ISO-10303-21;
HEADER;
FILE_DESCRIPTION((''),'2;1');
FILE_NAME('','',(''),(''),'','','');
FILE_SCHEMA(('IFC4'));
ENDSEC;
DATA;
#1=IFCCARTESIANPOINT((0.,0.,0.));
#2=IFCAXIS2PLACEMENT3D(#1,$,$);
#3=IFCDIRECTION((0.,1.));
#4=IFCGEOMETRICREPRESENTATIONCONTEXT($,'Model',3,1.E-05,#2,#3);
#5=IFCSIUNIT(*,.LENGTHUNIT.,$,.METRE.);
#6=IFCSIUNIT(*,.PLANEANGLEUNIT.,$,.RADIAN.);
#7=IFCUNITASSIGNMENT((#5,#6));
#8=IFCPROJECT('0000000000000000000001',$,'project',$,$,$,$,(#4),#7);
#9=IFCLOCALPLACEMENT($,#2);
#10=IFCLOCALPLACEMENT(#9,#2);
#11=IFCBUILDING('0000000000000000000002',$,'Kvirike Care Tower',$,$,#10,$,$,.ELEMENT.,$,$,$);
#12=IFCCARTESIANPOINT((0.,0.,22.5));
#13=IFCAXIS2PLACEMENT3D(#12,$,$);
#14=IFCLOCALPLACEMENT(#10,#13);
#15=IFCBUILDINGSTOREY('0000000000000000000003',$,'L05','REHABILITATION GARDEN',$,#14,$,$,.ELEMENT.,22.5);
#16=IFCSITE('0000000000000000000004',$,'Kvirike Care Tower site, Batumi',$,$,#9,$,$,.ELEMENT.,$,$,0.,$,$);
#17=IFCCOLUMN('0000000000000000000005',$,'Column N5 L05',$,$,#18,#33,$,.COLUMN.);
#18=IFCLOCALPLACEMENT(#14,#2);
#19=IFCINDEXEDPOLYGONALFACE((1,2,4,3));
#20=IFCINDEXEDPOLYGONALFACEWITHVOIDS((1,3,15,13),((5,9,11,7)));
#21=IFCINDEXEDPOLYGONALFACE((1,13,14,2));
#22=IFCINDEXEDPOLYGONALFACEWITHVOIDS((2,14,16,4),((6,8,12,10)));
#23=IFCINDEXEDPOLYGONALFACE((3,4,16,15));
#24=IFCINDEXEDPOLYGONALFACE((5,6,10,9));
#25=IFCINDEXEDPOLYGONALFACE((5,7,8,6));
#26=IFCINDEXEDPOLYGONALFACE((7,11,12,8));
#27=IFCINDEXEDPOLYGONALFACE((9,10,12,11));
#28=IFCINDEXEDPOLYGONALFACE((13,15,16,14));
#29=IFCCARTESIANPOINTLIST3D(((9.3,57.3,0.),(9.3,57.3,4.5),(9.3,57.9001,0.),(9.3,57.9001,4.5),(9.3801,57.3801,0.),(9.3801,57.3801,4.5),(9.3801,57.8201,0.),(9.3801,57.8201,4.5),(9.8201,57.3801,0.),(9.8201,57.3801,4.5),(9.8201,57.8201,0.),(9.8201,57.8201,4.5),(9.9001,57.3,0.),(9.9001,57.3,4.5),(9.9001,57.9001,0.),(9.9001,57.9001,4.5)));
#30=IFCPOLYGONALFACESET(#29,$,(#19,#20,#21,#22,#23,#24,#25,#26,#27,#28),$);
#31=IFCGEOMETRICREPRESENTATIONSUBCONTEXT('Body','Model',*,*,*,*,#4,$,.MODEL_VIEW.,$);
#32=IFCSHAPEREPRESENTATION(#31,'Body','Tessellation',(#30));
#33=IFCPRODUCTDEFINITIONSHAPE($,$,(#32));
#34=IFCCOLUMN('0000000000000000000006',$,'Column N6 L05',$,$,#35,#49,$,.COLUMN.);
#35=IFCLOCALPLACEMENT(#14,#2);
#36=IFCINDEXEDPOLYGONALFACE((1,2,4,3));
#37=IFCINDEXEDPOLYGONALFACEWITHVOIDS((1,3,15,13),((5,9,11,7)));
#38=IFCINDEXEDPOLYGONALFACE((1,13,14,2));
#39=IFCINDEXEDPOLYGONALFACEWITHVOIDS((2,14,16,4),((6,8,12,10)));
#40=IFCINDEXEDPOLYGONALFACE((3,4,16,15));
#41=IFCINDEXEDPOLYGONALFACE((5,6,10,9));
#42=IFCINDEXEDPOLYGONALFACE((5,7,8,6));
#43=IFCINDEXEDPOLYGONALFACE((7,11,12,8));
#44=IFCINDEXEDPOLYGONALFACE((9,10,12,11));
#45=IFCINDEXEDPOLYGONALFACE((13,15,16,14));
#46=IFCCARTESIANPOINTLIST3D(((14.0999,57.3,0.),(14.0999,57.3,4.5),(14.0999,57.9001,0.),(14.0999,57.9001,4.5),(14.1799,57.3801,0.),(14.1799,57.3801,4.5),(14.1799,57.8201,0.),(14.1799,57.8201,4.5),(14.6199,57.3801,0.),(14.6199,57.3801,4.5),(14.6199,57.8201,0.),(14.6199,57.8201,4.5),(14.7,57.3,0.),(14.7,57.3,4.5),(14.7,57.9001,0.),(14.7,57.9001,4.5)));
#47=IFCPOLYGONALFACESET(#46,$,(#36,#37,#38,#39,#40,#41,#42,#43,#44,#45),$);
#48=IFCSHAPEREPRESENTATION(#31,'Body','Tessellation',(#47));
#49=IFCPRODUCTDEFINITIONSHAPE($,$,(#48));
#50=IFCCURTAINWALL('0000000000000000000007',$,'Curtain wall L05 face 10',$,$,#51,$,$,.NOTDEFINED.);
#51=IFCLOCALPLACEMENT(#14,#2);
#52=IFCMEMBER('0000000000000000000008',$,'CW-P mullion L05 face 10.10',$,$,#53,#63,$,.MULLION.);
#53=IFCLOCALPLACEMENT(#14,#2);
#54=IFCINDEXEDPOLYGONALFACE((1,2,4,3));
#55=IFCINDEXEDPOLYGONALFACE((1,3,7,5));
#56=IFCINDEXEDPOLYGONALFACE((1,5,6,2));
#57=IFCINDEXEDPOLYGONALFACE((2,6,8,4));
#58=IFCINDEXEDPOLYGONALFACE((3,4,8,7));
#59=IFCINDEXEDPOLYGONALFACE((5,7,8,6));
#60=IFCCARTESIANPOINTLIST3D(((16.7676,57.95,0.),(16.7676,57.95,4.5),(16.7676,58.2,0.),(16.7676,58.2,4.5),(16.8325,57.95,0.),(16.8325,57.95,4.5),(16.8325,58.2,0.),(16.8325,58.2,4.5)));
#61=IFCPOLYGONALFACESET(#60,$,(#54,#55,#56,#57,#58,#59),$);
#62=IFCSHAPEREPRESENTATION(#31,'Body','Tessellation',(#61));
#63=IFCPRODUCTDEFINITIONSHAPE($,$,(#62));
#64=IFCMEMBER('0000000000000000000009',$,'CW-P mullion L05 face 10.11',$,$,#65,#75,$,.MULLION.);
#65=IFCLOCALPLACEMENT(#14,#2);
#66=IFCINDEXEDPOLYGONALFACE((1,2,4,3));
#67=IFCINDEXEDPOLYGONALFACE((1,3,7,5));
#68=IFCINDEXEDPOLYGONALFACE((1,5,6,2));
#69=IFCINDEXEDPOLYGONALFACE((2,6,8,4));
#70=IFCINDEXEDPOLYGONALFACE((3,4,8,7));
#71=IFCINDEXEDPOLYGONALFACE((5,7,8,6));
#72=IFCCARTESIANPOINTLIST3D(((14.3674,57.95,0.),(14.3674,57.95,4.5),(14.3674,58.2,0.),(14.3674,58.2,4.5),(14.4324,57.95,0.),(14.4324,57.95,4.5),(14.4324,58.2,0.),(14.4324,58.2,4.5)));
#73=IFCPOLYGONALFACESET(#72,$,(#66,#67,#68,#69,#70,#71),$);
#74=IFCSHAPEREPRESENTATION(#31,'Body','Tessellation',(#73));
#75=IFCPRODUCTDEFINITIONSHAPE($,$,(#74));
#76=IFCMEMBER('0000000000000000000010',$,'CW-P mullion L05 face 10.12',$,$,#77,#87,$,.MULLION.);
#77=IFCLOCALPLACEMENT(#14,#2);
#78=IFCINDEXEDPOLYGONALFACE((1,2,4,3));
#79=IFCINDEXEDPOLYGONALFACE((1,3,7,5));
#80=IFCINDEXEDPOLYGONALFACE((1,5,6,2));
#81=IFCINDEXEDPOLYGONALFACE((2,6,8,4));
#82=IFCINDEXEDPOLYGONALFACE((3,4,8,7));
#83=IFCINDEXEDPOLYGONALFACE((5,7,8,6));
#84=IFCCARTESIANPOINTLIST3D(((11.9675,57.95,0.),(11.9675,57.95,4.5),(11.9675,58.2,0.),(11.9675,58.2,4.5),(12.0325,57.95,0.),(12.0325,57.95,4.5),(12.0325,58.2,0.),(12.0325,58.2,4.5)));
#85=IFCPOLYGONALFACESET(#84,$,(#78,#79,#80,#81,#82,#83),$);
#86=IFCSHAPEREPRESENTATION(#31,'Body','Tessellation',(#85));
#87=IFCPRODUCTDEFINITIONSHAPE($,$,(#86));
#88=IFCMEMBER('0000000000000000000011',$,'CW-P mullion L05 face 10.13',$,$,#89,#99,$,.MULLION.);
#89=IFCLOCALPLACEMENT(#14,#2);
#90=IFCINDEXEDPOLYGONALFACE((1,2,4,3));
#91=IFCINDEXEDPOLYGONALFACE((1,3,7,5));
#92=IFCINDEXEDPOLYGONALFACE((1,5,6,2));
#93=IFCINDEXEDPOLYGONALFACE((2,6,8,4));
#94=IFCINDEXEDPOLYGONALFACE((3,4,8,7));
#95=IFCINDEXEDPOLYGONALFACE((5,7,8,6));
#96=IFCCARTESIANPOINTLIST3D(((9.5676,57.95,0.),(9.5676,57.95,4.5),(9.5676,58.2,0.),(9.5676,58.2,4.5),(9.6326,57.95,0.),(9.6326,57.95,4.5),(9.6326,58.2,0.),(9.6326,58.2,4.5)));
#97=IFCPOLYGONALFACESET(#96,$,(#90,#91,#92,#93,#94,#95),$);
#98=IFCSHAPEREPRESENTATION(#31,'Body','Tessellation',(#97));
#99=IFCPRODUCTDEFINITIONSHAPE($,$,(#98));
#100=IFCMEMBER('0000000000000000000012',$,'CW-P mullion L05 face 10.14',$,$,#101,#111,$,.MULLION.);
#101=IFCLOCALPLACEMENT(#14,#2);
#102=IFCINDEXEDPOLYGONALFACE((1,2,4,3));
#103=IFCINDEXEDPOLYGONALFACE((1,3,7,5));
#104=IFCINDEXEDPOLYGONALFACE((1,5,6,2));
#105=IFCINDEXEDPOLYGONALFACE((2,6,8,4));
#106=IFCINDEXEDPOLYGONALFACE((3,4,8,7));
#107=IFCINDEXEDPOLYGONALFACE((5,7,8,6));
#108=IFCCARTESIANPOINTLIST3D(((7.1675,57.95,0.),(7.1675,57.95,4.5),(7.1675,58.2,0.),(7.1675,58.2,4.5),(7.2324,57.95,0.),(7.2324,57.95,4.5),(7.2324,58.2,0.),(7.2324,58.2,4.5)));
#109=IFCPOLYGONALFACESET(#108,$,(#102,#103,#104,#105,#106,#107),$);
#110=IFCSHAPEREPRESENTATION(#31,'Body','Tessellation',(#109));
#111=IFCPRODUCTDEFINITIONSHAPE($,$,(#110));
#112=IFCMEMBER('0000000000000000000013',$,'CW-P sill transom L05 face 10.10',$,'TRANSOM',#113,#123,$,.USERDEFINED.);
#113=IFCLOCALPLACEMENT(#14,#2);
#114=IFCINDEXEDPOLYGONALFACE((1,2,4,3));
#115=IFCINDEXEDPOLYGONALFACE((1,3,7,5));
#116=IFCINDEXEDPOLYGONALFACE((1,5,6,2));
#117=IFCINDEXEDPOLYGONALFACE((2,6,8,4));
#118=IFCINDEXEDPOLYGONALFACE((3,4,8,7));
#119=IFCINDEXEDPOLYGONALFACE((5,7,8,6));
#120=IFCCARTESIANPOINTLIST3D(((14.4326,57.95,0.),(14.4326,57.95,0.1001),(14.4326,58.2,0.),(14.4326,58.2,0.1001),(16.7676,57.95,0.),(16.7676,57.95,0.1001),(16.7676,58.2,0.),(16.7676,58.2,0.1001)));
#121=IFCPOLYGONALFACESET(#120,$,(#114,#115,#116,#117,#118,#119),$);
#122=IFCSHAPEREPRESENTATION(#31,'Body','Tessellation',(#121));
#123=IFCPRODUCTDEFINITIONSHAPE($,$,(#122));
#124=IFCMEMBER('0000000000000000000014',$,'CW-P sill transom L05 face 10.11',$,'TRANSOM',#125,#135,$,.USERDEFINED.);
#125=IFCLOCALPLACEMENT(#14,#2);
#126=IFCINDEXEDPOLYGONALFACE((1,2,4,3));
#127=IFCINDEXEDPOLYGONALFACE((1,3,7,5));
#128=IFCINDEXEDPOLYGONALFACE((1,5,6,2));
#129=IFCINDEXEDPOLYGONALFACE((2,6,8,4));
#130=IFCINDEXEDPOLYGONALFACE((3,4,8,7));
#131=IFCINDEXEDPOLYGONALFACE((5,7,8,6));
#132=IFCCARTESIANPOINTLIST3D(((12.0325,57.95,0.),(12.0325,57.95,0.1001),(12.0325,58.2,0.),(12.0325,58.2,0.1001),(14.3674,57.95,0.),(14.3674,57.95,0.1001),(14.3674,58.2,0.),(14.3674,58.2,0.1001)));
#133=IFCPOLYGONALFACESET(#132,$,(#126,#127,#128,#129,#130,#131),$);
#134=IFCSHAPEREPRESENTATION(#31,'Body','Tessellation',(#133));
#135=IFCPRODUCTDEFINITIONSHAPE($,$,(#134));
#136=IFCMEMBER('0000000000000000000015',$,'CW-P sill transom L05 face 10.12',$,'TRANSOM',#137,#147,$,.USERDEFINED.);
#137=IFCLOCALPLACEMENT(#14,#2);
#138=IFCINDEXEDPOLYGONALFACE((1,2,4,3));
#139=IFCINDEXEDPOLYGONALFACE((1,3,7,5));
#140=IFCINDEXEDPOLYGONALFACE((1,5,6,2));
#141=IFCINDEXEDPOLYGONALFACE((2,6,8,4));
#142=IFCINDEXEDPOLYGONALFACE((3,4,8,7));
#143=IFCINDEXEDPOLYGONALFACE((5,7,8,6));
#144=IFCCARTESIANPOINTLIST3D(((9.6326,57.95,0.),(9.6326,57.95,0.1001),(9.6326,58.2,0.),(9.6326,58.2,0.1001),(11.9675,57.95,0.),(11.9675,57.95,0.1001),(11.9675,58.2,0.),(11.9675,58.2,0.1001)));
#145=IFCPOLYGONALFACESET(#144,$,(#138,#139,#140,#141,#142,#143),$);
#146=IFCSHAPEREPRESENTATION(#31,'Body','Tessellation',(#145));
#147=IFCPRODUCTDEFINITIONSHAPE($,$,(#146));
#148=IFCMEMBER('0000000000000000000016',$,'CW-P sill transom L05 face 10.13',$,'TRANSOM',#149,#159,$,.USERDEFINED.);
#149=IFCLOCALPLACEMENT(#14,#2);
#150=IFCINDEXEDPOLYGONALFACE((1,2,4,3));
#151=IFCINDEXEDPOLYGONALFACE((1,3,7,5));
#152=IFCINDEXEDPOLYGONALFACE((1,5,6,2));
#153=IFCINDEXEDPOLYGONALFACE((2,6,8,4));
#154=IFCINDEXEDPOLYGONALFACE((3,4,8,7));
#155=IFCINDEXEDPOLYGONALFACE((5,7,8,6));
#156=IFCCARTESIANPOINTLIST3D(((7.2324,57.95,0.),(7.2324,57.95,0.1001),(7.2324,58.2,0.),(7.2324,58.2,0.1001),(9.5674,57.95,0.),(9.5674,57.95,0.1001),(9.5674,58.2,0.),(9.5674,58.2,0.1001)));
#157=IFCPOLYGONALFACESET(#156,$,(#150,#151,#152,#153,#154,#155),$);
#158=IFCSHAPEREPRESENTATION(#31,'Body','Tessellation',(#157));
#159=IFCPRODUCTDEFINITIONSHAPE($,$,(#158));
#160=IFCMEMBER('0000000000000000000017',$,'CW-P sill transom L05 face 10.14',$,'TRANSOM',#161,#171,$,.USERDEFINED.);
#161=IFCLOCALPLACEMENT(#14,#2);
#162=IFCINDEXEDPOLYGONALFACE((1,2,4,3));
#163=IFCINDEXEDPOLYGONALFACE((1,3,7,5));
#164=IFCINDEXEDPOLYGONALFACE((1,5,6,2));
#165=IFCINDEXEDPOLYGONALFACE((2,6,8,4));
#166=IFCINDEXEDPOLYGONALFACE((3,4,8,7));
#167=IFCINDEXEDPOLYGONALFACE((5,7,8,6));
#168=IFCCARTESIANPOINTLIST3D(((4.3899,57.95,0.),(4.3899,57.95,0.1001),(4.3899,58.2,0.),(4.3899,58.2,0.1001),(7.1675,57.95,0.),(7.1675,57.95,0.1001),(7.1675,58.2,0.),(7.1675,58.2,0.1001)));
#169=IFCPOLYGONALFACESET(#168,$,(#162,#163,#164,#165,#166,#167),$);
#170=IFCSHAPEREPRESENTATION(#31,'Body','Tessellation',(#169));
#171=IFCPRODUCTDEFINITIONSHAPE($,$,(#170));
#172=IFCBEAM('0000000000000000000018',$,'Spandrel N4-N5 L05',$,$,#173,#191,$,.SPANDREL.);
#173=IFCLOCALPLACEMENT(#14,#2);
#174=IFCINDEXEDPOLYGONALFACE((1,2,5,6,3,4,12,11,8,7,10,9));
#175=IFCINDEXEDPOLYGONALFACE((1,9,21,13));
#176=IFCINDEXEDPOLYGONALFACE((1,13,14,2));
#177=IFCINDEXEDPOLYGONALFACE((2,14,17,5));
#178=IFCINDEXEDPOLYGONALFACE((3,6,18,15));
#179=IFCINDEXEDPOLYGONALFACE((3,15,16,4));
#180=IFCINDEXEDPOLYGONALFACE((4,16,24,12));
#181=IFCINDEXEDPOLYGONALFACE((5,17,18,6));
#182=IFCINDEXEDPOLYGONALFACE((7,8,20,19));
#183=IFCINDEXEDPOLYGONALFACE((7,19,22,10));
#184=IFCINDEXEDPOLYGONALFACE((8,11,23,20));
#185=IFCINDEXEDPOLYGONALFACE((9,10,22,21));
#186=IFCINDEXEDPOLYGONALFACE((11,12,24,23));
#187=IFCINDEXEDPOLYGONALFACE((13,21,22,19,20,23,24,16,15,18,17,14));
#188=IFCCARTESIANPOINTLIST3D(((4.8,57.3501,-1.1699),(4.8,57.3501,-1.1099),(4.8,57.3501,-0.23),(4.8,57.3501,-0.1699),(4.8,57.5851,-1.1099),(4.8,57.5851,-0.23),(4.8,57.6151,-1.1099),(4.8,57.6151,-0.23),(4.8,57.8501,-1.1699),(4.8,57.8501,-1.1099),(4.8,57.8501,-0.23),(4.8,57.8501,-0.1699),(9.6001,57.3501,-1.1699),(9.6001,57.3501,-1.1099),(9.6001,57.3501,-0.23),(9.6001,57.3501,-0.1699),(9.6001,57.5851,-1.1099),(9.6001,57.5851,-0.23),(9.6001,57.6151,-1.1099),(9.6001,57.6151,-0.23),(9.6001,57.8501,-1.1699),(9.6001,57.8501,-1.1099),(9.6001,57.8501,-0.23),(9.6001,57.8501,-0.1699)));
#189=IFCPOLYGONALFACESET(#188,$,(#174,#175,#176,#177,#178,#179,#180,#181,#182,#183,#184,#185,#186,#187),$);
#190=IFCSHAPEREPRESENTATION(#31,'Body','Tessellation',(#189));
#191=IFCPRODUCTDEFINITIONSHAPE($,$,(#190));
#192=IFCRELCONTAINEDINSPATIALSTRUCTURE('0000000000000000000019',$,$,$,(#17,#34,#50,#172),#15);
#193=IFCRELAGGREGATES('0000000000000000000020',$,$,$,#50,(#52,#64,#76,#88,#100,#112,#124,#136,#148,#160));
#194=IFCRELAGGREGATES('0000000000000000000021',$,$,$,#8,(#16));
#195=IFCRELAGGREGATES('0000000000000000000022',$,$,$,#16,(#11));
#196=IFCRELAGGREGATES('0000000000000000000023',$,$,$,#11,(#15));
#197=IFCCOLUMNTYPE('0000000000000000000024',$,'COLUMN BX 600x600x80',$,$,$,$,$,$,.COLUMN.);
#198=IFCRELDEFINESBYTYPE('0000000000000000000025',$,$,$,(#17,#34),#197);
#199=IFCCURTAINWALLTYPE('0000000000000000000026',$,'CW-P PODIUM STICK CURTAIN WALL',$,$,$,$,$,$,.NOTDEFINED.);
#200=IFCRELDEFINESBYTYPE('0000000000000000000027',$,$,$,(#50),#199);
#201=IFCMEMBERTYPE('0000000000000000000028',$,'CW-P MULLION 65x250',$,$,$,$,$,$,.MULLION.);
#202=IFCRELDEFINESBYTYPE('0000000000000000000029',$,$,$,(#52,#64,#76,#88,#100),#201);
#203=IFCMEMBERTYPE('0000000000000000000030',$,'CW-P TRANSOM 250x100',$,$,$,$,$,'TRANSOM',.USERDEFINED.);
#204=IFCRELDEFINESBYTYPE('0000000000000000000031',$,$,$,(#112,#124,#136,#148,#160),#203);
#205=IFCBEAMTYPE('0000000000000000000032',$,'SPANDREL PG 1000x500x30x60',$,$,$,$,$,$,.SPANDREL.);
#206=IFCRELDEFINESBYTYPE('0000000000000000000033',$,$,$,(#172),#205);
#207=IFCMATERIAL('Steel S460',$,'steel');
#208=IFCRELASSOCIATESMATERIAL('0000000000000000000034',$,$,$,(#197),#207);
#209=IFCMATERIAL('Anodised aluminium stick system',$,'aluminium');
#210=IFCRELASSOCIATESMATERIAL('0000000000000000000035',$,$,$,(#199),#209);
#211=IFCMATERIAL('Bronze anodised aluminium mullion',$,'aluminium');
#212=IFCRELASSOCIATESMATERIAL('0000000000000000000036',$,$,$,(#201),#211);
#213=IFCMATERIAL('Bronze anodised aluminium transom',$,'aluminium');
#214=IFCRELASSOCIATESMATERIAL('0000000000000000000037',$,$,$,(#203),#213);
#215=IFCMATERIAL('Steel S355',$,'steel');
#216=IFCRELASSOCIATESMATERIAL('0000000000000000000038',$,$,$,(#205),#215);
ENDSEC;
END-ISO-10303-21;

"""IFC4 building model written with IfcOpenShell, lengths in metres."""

from ifc_helpers import new_model, si_unit, direction, frame, origin, origin_2d, place, context, subcontext, project, spatial, rectangle, hollow_rectangle, i_section, extrude, material, material_profile, profile_set, type_object, element, aggregate, save


model = new_model("IFC4")

# Units and contexts
model_context = context("Model", 3, precision=1e-05, world=origin(), true_north=direction((0.0, 1.0)))
body_context = subcontext(model_context, "Body", "Model", "MODEL_VIEW")
ifc_project = project(units=[si_unit("LENGTHUNIT", "METRE"), si_unit("PLANEANGLEUNIT", "RADIAN")], contexts=[model_context])

# Site, building, storey
site_placement = place(None, origin())
site = spatial("IfcSite", under=ifc_project, at=site_placement, Name="Kvirike Care Tower site, Batumi", CompositionType="ELEMENT", RefElevation=0.0)
building_placement = place(site_placement, origin())
building = spatial("IfcBuilding", under=site, at=building_placement, Name="Kvirike Care Tower", CompositionType="ELEMENT")
storey_placement = place(building_placement, frame((0.0, 0.0, 22.5)))
storey = spatial("IfcBuildingStorey", under=building, at=storey_placement, Name="L05", Description="REHABILITATION GARDEN", CompositionType="ELEMENT", Elevation=22.5)

# Columns
ifc_material_1 = material(Name="Steel S460", Category="steel")
ifc_material_profile_1 = material_profile(ifc_material_1, hollow_rectangle(XDim=0.6001, YDim=0.6001, WallThickness=0.0801, at=origin_2d()), Name="BX 600x600x80")
ifc_profile_set_1 = profile_set([ifc_material_profile_1], Name="Steel S460")
column_type = type_object("IfcColumnType", Name="COLUMN BX 600x600x80", PredefinedType="COLUMN", material=ifc_profile_set_1)
for number, where, z_axis, x_axis, name in (
    (1, (9.6001, 57.6001, 0.0), (0.0, 0.0, 1.0), (0.0, 1.0, 0.0), "Column N5 L05"),
    (2, (14.3999, 57.6001, 0.0), (0.0, 0.0, 1.0), (0.0, 1.0, 0.0), "Column N6 L05"),
):
    element("IfcColumn", number, at=place(storey_placement, frame(where, z_axis=z_axis, x_axis=x_axis)), inside=storey, type_object=column_type, Name=name, PredefinedType="COLUMN", context=body_context, shape_type="SweptSolid", body=[
        extrude(hollow_rectangle(XDim=0.6001, YDim=0.6001, WallThickness=0.0801, at=origin_2d()), origin(), (0.0, 0.0, 1.0), 4.5),
    ])

# Curtain wall, members
ifc_material_2 = material(Name="Anodised aluminium stick system", Category="aluminium")
curtain_wall_type = type_object("IfcCurtainWallType", Name="CW-P PODIUM STICK CURTAIN WALL", PredefinedType="NOTDEFINED", material=ifc_material_2)
curtain_wall_placement = place(storey_placement, origin())
curtain_wall = element("IfcCurtainWall", 3, at=curtain_wall_placement, inside=storey, type_object=curtain_wall_type, Name="Curtain wall L05 face 10", PredefinedType="NOTDEFINED")
ifc_material_3 = material(Name="Bronze anodised aluminium mullion", Category="aluminium")
ifc_material_profile_2 = material_profile(ifc_material_3, rectangle(XDim=0.0649, YDim=0.25, at=origin_2d()), Name="CW-P MULLION 65x250")
ifc_profile_set_2 = profile_set([ifc_material_profile_2], Name="Bronze anodised aluminium mullion")
member_type_1 = type_object("IfcMemberType", Name="CW-P MULLION 65x250", PredefinedType="MULLION", material=ifc_profile_set_2)
member_1_placement = place(storey_placement, frame((16.8, 58.075, 0.0), z_axis=(0.0, 0.0, 1.0), x_axis=(-1.0, 0.0, 0.0)))
member_1 = element("IfcMember", 4, at=member_1_placement, type_object=member_type_1, Name="CW-P mullion L05 face 10.10", PredefinedType="MULLION", context=body_context, shape_type="SweptSolid", body=[
    extrude(rectangle(XDim=0.0649, YDim=0.25, at=origin_2d()), origin(), (0.0, 0.0, 1.0), 4.5),
])
member_2_placement = place(storey_placement, frame((14.3999, 58.075, 0.0), z_axis=(0.0, 0.0, 1.0), x_axis=(-1.0, 0.0, 0.0)))
member_2 = element("IfcMember", 5, at=member_2_placement, type_object=member_type_1, Name="CW-P mullion L05 face 10.11", PredefinedType="MULLION", context=body_context, shape_type="SweptSolid", body=[
    extrude(rectangle(XDim=0.0649, YDim=0.25, at=origin_2d()), origin(), (0.0, 0.0, 1.0), 4.5),
])
member_3_placement = place(storey_placement, frame((12.0, 58.075, 0.0), z_axis=(0.0, 0.0, 1.0), x_axis=(-1.0, 0.0, 0.0)))
member_3 = element("IfcMember", 6, at=member_3_placement, type_object=member_type_1, Name="CW-P mullion L05 face 10.12", PredefinedType="MULLION", context=body_context, shape_type="SweptSolid", body=[
    extrude(rectangle(XDim=0.0649, YDim=0.25, at=origin_2d()), origin(), (0.0, 0.0, 1.0), 4.5),
])
member_4_placement = place(storey_placement, frame((9.6001, 58.075, 0.0), z_axis=(0.0, 0.0, 1.0), x_axis=(-1.0, 0.0, 0.0)))
member_4 = element("IfcMember", 7, at=member_4_placement, type_object=member_type_1, Name="CW-P mullion L05 face 10.13", PredefinedType="MULLION", context=body_context, shape_type="SweptSolid", body=[
    extrude(rectangle(XDim=0.0649, YDim=0.25, at=origin_2d()), origin(), (0.0, 0.0, 1.0), 4.5),
])
member_5_placement = place(storey_placement, frame((7.2, 58.075, 0.0), z_axis=(0.0, 0.0, 1.0), x_axis=(-1.0, 0.0, 0.0)))
member_5 = element("IfcMember", 8, at=member_5_placement, type_object=member_type_1, Name="CW-P mullion L05 face 10.14", PredefinedType="MULLION", context=body_context, shape_type="SweptSolid", body=[
    extrude(rectangle(XDim=0.0649, YDim=0.25, at=origin_2d()), origin(), (0.0, 0.0, 1.0), 4.5),
])
ifc_material_4 = material(Name="Bronze anodised aluminium transom", Category="aluminium")
ifc_material_profile_3 = material_profile(ifc_material_4, rectangle(XDim=0.25, YDim=0.1001, at=origin_2d()), Name="CW-P TRANSOM 250x100")
ifc_profile_set_3 = profile_set([ifc_material_profile_3], Name="Bronze anodised aluminium transom")
member_type_2 = type_object("IfcMemberType", Name="CW-P TRANSOM 250x100", ElementType="TRANSOM", PredefinedType="USERDEFINED", material=ifc_profile_set_3)
member_6_placement = place(storey_placement, frame((16.7676, 58.075, 0.05), z_axis=(-1.0, 0.0, 0.0), x_axis=(0.0, -1.0, 0.0)))
member_6 = element("IfcMember", 9, at=member_6_placement, type_object=member_type_2, Name="CW-P sill transom L05 face 10.10", ObjectType="TRANSOM", PredefinedType="USERDEFINED", context=body_context, shape_type="SweptSolid", body=[
    extrude(rectangle(XDim=0.25, YDim=0.1001, at=origin_2d()), origin(), (0.0, 0.0, 1.0), 2.335),
])
member_7_placement = place(storey_placement, frame((14.3674, 58.075, 0.05), z_axis=(-1.0, 0.0, 0.0), x_axis=(0.0, -1.0, 0.0)))
member_7 = element("IfcMember", 10, at=member_7_placement, type_object=member_type_2, Name="CW-P sill transom L05 face 10.11", ObjectType="TRANSOM", PredefinedType="USERDEFINED", context=body_context, shape_type="SweptSolid", body=[
    extrude(rectangle(XDim=0.25, YDim=0.1001, at=origin_2d()), origin(), (0.0, 0.0, 1.0), 2.335),
])
member_8_placement = place(storey_placement, frame((11.9675, 58.075, 0.05), z_axis=(-1.0, 0.0, 0.0), x_axis=(0.0, -1.0, 0.0)))
member_8 = element("IfcMember", 11, at=member_8_placement, type_object=member_type_2, Name="CW-P sill transom L05 face 10.12", ObjectType="TRANSOM", PredefinedType="USERDEFINED", context=body_context, shape_type="SweptSolid", body=[
    extrude(rectangle(XDim=0.25, YDim=0.1001, at=origin_2d()), origin(), (0.0, 0.0, 1.0), 2.335),
])
member_9_placement = place(storey_placement, frame((9.5674, 58.075, 0.05), z_axis=(-1.0, 0.0, 0.0), x_axis=(0.0, -1.0, 0.0)))
member_9 = element("IfcMember", 12, at=member_9_placement, type_object=member_type_2, Name="CW-P sill transom L05 face 10.13", ObjectType="TRANSOM", PredefinedType="USERDEFINED", context=body_context, shape_type="SweptSolid", body=[
    extrude(rectangle(XDim=0.25, YDim=0.1001, at=origin_2d()), origin(), (0.0, 0.0, 1.0), 2.335),
])
member_10_placement = place(storey_placement, frame((7.1675, 58.075, 0.05), z_axis=(-1.0, 0.0, 0.0), x_axis=(0.0, -1.0, 0.0)))
member_10 = element("IfcMember", 13, at=member_10_placement, type_object=member_type_2, Name="CW-P sill transom L05 face 10.14", ObjectType="TRANSOM", PredefinedType="USERDEFINED", context=body_context, shape_type="SweptSolid", body=[
    extrude(rectangle(XDim=0.25, YDim=0.1001, at=origin_2d()), origin(), (0.0, 0.0, 1.0), 2.7776),
])

# Beam
ifc_material_5 = material(Name="Steel S355", Category="steel")
ifc_material_profile_4 = material_profile(ifc_material_5, i_section(OverallWidth=0.5, OverallDepth=1.0, WebThickness=0.03, FlangeThickness=0.0601, at=origin_2d()), Name="PG 1000x500x30x60")
ifc_profile_set_4 = profile_set([ifc_material_profile_4], Name="Steel S355")
beam_type = type_object("IfcBeamType", Name="SPANDREL PG 1000x500x30x60", PredefinedType="SPANDREL", material=ifc_profile_set_4)
beam_1_placement = place(storey_placement, frame((4.8, 57.6001, -0.6699), z_axis=(1.0, 0.0, 0.0), x_axis=(0.0, 1.0, 0.0)))
element("IfcBeam", 14, at=beam_1_placement, inside=storey, type_object=beam_type, Name="Spandrel N4-N5 L05", PredefinedType="SPANDREL", context=body_context, shape_type="SweptSolid", body=[
    extrude(i_section(OverallWidth=0.5, OverallDepth=1.0, WebThickness=0.03, FlangeThickness=0.0601, at=origin_2d()), origin(), (0.0, 0.0, 1.0), 4.8),
])

aggregate(curtain_wall, [member_1, member_2, member_3, member_4, member_5, member_6, member_7, member_8, member_9, member_10])

save(model, "model.ifc")
